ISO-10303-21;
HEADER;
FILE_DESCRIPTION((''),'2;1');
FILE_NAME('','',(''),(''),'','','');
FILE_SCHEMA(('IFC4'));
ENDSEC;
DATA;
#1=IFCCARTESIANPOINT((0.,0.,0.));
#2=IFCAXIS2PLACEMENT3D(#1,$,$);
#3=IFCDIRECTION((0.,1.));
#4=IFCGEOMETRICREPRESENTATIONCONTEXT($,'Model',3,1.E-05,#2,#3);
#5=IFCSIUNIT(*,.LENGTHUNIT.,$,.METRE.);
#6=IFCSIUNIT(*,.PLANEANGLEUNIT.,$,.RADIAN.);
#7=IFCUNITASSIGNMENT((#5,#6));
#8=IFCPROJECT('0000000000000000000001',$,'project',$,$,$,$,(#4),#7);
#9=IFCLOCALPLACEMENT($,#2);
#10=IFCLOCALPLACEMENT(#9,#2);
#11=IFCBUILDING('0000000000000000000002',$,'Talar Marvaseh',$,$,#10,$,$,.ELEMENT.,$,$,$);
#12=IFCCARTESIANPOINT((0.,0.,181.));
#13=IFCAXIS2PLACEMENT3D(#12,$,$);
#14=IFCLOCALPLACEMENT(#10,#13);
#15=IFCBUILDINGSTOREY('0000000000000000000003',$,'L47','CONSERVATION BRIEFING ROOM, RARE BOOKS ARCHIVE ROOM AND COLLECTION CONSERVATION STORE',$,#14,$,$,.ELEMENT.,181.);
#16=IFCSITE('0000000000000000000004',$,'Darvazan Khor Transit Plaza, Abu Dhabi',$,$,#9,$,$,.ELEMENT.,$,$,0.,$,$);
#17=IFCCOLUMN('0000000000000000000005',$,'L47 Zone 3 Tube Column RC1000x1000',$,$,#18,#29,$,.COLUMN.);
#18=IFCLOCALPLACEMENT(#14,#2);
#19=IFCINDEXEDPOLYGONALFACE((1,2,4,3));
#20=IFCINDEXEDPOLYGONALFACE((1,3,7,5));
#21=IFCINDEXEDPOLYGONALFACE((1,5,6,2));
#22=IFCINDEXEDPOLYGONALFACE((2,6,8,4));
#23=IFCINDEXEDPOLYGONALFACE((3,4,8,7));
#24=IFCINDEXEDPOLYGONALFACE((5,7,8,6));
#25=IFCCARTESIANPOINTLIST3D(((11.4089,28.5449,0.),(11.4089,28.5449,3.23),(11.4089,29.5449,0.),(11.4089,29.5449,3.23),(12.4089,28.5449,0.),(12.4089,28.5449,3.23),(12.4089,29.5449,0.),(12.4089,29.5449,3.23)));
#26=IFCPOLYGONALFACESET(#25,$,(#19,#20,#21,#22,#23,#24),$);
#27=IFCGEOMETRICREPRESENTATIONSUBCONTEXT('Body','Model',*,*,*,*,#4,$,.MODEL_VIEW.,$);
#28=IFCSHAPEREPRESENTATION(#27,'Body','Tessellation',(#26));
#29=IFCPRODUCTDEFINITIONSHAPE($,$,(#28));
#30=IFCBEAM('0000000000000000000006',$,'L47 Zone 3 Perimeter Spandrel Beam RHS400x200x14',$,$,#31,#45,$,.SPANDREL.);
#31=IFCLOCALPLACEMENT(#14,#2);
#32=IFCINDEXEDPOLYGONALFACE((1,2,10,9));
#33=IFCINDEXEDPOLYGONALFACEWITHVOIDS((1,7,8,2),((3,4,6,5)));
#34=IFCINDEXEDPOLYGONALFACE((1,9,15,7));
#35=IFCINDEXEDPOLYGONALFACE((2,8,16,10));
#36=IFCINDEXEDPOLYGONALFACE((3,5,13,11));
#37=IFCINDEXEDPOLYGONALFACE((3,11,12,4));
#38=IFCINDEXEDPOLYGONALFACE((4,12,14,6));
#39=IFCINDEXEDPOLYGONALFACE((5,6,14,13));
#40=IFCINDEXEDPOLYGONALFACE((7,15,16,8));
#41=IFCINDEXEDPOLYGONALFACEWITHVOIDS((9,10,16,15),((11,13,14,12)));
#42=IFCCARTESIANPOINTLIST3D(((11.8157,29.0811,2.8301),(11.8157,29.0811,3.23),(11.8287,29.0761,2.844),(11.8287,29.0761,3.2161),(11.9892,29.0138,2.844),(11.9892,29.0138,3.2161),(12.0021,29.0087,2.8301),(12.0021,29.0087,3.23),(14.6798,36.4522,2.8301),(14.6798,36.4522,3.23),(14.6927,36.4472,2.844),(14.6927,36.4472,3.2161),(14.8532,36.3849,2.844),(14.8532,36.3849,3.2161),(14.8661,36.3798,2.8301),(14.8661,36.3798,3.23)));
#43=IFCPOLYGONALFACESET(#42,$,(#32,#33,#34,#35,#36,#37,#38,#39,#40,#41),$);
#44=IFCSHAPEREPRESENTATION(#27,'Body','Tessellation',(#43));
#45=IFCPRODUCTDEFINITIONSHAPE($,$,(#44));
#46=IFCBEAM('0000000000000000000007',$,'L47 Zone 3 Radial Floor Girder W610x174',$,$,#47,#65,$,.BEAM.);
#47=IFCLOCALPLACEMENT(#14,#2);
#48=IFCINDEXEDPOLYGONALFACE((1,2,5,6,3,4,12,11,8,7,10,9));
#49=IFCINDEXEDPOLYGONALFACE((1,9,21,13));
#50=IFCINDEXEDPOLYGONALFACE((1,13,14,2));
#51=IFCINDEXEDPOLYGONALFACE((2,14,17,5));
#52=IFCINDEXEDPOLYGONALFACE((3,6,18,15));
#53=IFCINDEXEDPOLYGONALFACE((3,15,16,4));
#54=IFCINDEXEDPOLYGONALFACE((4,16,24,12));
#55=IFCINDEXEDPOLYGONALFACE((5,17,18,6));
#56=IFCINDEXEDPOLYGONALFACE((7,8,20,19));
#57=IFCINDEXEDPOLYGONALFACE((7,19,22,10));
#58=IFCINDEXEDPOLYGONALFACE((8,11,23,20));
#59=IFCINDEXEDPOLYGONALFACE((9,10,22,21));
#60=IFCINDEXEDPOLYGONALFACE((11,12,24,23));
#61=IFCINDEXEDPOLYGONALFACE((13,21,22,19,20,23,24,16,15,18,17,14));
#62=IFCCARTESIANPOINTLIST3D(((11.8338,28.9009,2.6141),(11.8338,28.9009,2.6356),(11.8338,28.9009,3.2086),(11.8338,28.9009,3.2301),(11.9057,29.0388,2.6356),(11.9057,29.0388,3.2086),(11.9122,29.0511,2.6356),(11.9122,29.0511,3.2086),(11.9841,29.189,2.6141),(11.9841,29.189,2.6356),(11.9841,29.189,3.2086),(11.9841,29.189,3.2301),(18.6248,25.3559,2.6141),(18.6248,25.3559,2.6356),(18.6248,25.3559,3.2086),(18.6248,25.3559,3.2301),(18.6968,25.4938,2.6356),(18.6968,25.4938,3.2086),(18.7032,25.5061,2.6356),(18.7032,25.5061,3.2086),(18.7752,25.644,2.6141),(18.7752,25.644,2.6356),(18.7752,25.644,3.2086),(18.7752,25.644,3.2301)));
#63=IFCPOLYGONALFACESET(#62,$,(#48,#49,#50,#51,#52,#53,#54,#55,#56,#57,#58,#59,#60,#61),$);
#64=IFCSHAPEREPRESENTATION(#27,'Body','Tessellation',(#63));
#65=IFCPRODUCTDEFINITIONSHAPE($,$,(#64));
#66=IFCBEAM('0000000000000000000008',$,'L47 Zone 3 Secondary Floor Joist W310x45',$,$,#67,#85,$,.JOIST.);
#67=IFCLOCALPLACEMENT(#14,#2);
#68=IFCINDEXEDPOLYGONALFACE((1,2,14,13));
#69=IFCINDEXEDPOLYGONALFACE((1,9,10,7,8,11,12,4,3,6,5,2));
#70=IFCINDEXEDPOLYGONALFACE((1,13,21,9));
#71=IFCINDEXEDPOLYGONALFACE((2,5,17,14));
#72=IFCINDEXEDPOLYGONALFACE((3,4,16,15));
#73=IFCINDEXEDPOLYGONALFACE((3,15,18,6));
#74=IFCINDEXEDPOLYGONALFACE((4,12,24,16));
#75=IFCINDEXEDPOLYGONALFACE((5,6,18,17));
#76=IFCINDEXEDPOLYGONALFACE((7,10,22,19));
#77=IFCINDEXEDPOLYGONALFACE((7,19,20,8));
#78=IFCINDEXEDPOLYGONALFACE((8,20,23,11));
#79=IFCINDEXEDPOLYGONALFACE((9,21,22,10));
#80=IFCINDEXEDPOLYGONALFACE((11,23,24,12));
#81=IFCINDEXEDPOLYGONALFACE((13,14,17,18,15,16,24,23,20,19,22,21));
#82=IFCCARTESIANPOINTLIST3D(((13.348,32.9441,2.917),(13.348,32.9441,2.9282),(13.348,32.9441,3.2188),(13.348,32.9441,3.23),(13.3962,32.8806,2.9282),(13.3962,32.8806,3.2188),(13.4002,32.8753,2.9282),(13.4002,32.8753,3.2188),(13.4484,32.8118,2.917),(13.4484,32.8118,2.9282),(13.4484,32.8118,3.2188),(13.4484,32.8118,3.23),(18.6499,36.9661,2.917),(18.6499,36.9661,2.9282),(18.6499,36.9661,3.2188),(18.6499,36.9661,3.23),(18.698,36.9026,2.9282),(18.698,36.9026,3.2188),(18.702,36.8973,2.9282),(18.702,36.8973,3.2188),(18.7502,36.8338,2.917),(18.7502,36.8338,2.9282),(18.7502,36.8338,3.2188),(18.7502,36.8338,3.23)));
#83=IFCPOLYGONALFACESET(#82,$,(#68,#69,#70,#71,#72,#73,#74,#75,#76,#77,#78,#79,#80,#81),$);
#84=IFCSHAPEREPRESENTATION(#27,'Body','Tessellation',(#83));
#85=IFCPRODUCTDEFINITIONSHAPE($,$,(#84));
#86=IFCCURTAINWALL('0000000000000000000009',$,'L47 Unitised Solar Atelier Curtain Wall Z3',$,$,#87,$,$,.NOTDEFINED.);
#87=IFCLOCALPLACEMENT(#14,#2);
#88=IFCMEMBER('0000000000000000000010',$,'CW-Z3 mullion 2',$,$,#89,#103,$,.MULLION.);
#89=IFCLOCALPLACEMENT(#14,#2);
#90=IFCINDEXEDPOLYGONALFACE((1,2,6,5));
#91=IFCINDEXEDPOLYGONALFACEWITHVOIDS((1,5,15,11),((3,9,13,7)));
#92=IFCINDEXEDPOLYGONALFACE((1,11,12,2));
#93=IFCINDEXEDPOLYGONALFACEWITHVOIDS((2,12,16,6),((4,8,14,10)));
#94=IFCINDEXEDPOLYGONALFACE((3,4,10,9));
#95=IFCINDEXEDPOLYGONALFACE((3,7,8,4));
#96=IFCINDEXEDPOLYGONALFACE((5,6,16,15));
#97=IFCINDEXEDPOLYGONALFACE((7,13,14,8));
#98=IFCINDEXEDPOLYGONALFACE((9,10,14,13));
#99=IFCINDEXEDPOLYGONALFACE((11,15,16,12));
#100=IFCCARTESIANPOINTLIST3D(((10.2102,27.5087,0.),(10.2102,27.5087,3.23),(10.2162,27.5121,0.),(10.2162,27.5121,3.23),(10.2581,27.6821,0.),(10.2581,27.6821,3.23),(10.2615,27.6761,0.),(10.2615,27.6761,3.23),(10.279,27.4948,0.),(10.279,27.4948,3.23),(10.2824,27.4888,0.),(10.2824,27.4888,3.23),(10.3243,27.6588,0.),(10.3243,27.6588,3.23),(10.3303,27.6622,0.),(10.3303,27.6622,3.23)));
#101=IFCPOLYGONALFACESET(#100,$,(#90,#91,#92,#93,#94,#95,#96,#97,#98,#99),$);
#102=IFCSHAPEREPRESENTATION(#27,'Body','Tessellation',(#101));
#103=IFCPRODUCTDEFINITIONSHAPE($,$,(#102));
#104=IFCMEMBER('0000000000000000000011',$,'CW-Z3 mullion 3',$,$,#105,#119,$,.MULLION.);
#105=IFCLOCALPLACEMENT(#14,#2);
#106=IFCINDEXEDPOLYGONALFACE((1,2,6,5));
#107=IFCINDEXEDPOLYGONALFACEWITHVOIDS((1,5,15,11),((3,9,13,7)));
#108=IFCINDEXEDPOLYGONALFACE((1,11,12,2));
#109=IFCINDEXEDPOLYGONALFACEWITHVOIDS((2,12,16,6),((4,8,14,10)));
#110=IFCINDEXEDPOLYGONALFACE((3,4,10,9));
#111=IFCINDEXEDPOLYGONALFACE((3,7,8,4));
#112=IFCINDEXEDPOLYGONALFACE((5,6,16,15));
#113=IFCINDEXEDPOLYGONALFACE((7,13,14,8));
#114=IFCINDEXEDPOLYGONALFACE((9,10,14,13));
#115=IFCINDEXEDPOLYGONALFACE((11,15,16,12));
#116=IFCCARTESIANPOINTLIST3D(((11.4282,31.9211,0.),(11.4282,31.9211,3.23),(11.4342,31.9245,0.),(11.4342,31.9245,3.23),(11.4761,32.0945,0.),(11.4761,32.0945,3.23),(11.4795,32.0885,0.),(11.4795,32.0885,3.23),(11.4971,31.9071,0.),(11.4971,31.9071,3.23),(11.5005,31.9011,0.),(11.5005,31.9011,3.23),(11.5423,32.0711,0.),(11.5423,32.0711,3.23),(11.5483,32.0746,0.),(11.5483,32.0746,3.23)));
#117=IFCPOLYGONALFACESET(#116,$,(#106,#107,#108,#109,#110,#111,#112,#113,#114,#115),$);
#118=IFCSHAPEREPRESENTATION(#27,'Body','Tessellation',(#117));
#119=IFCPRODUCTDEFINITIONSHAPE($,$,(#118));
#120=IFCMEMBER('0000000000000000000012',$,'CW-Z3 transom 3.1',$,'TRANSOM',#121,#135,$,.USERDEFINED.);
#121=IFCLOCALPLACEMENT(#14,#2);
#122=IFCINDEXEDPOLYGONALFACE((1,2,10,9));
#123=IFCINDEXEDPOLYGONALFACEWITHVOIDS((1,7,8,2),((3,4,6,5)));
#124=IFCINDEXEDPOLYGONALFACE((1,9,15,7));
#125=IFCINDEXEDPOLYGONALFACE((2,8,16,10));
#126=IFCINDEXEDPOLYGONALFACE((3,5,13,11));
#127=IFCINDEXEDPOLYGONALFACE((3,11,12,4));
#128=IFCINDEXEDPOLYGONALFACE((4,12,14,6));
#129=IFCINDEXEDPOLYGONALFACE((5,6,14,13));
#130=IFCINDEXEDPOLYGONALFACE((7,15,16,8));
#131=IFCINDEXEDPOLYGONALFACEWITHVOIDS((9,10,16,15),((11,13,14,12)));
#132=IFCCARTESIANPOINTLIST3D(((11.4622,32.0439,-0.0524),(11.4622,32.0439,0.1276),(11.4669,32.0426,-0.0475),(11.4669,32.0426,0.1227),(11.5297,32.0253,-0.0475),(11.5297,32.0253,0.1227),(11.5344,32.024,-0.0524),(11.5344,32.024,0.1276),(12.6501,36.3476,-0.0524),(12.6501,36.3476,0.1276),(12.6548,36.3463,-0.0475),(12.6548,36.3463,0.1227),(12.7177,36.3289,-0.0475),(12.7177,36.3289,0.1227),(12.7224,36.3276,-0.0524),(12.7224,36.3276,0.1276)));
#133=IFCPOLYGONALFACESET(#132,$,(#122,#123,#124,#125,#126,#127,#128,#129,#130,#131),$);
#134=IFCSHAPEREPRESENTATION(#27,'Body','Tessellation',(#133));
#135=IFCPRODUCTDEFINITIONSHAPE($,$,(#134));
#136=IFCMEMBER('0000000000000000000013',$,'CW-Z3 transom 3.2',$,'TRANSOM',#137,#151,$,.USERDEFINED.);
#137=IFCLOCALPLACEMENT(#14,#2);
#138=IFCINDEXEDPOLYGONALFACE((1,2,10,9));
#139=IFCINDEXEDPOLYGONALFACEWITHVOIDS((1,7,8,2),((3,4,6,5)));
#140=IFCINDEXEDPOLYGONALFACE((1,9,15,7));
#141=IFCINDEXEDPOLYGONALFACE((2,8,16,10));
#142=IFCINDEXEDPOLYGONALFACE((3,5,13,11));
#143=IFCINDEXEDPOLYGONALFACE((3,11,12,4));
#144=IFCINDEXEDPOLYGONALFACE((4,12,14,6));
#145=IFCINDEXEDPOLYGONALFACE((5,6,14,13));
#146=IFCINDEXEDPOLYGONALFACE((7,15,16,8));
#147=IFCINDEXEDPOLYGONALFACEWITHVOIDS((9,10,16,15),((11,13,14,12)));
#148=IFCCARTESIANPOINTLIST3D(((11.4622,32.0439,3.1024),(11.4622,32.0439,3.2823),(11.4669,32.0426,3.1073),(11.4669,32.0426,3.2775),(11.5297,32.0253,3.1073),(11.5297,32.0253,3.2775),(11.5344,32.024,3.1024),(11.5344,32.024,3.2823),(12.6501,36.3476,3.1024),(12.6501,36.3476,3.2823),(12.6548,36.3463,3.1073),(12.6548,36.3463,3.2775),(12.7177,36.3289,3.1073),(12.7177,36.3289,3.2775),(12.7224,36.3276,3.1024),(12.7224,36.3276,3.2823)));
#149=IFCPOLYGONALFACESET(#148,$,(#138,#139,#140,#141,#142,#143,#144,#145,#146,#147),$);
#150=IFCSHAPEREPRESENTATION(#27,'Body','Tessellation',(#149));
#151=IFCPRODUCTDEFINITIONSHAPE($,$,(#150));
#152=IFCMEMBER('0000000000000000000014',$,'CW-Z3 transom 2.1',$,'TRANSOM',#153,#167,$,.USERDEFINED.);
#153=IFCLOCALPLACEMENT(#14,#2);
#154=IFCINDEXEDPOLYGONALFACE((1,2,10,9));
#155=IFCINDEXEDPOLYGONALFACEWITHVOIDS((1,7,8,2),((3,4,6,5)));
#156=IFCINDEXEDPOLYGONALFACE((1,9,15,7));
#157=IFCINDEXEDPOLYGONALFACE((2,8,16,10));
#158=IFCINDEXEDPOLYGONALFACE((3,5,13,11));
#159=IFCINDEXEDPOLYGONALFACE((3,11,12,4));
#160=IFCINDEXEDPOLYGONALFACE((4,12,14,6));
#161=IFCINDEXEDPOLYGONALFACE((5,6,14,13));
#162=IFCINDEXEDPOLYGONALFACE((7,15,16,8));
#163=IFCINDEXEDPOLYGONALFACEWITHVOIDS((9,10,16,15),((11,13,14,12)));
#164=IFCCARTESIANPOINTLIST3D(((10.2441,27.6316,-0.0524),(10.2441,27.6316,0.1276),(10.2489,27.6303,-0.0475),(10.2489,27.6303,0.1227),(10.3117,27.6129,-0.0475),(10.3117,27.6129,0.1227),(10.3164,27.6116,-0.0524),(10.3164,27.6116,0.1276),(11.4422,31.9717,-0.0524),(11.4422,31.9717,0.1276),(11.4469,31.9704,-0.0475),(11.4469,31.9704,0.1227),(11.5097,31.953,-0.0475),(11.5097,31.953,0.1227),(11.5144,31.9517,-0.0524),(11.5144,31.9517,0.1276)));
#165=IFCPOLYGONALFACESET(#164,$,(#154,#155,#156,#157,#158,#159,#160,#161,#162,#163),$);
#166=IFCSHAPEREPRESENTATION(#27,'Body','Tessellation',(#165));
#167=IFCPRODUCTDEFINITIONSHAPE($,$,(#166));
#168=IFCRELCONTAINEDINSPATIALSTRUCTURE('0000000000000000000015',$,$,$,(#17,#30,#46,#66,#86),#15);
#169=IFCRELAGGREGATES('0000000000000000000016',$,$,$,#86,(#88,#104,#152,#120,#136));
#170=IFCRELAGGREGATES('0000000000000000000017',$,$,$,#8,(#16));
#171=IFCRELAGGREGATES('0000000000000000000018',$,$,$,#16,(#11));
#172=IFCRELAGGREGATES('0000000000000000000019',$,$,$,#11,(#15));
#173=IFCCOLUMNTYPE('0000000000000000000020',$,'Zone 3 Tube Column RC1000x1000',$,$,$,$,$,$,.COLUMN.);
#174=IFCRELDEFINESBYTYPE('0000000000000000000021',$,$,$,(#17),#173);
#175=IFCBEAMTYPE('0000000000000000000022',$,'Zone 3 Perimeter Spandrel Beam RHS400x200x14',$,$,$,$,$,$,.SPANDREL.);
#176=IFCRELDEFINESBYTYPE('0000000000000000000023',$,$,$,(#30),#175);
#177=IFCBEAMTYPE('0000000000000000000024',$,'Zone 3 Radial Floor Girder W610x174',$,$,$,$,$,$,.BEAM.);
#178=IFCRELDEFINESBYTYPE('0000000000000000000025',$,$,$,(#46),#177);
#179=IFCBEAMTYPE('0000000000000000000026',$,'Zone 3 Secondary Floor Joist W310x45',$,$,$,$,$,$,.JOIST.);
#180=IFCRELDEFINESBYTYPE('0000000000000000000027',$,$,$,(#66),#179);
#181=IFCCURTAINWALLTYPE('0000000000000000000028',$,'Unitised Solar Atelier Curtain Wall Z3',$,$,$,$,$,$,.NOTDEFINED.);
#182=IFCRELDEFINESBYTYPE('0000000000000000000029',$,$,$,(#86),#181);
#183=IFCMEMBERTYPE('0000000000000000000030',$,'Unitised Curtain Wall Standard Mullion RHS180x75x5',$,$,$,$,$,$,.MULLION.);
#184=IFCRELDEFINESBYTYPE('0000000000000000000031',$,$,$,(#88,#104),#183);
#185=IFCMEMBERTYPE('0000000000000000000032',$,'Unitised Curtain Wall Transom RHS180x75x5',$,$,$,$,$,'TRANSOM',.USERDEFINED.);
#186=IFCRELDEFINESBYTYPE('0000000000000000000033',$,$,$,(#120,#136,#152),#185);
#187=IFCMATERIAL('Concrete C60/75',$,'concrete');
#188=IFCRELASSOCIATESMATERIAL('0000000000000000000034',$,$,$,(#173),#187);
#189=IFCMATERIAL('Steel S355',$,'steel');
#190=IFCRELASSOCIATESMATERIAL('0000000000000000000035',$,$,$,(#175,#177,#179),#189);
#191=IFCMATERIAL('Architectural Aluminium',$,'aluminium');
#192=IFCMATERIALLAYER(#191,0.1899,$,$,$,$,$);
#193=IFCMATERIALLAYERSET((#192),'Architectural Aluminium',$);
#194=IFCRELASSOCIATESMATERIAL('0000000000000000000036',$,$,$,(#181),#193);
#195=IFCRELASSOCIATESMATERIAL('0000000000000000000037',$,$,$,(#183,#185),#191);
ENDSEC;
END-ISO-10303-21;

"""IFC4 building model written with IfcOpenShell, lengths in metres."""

from ifc_helpers import new_model, si_unit, direction, frame, origin, origin_2d, place, context, subcontext, project, spatial, rectangle, hollow_rectangle, i_section, extrude, source, transform, mapped, material, layer, layer_set, material_profile, profile_set, type_object, type_shapes, element, aggregate, save


model = new_model("IFC4")

# Units and contexts
model_context = context("Model", 3, precision=1e-05, world=origin(), true_north=direction((0.0, 1.0)))
body_context = subcontext(model_context, "Body", "Model", "MODEL_VIEW")
ifc_project = project(units=[si_unit("LENGTHUNIT", "METRE"), si_unit("PLANEANGLEUNIT", "RADIAN")], contexts=[model_context])

# Site, building, storey
site_placement = place(None, origin())
site = spatial("IfcSite", under=ifc_project, at=site_placement, Name="Darvazan Khor Transit Plaza, Abu Dhabi", CompositionType="ELEMENT", RefElevation=0.0)
building_placement = place(site_placement, origin())
building = spatial("IfcBuilding", under=site, at=building_placement, Name="Talar Marvaseh", CompositionType="ELEMENT")
storey_placement = place(building_placement, frame((0.0, 0.0, 181.0)))
storey = spatial("IfcBuildingStorey", under=building, at=storey_placement, Name="L47", Description="CONSERVATION BRIEFING ROOM, RARE BOOKS ARCHIVE ROOM AND COLLECTION CONSERVATION STORE", CompositionType="ELEMENT", Elevation=181.0)

# Column
ifc_material_1 = material(Name="Concrete C60/75", Category="concrete")
ifc_material_profile_1 = material_profile(ifc_material_1, rectangle(XDim=1.0, YDim=1.0, at=origin_2d()), Name="RC1000x1000")
ifc_profile_set_1 = profile_set([ifc_material_profile_1], Name="Concrete C60/75")
column_type = type_object("IfcColumnType", Name="Zone 3 Tube Column RC1000x1000", PredefinedType="COLUMN", material=ifc_profile_set_1)
column_placement = place(storey_placement, frame((11.9089, 29.0449, 0.0), z_axis=(0.0, 0.0, 1.0), x_axis=(1.0, 0.0, 0.0)))
element("IfcColumn", 1, at=column_placement, inside=storey, type_object=column_type, Name="L47 Zone 3 Tube Column RC1000x1000", PredefinedType="COLUMN", context=body_context, shape_type="SweptSolid", body=[
    extrude(rectangle(XDim=1.0, YDim=1.0, at=origin_2d()), origin(), (0.0, 0.0, 1.0), 3.23),
])

# Beams
ifc_material_2 = material(Name="Steel S355", Category="steel")
ifc_material_profile_2 = material_profile(ifc_material_2, hollow_rectangle(XDim=0.2, YDim=0.3999, WallThickness=0.0139, at=origin_2d()), Name="RHS400x200x14")
ifc_profile_set_2 = profile_set([ifc_material_profile_2], Name="Steel S355")
beam_type_1 = type_object("IfcBeamType", Name="Zone 3 Perimeter Spandrel Beam RHS400x200x14", PredefinedType="SPANDREL", material=ifc_profile_set_2)
beam_1_placement = place(storey_placement, frame((11.9089, 29.0449, 3.03), z_axis=(0.362169, 0.932112, 0.0), x_axis=(-0.932112, 0.362169, 0.0)))
element("IfcBeam", 2, at=beam_1_placement, inside=storey, type_object=beam_type_1, Name="L47 Zone 3 Perimeter Spandrel Beam RHS400x200x14", PredefinedType="SPANDREL", context=body_context, shape_type="SweptSolid", body=[
    extrude(hollow_rectangle(XDim=0.2, YDim=0.3999, WallThickness=0.0139, at=origin_2d()), origin(), (0.0, 0.0, 1.0), 7.908),
])
ifc_material_profile_3 = material_profile(ifc_material_2, i_section(OverallWidth=0.325, OverallDepth=0.616, WebThickness=0.0139, FlangeThickness=0.0215, at=origin_2d()), Name="W610x174")
ifc_profile_set_3 = profile_set([ifc_material_profile_3], Name="Steel S355")
beam_type_2 = type_object("IfcBeamType", Name="Zone 3 Radial Floor Girder W610x174", PredefinedType="BEAM", material=ifc_profile_set_3)
beam_2_placement = place(storey_placement, frame((11.9089, 29.0449, 2.9221), z_axis=(0.886489, -0.462749, 0.0), x_axis=(0.462749, 0.886489, 0.0)))
element("IfcBeam", 3, at=beam_2_placement, inside=storey, type_object=beam_type_2, Name="L47 Zone 3 Radial Floor Girder W610x174", PredefinedType="BEAM", context=body_context, shape_type="SweptSolid", body=[
    extrude(i_section(OverallWidth=0.325, OverallDepth=0.616, WebThickness=0.0139, FlangeThickness=0.0215, at=origin_2d()), origin(), (0.0, 0.0, 1.0), 7.6606),
])
ifc_material_profile_4 = material_profile(ifc_material_2, i_section(OverallWidth=0.166, OverallDepth=0.313, WebThickness=0.0066, FlangeThickness=0.0112, at=origin_2d()), Name="W310x45")
ifc_profile_set_4 = profile_set([ifc_material_profile_4], Name="Steel S355")
beam_type_3 = type_object("IfcBeamType", Name="Zone 3 Secondary Floor Joist W310x45", PredefinedType="JOIST", material=ifc_profile_set_4)
beam_3_placement = place(storey_placement, frame((13.3982, 32.8779, 3.0735), z_axis=(0.796695, 0.604382, 0.0), x_axis=(-0.604382, 0.796695, 0.0)))
element("IfcBeam", 4, at=beam_3_placement, inside=storey, type_object=beam_type_3, Name="L47 Zone 3 Secondary Floor Joist W310x45", PredefinedType="JOIST", context=body_context, shape_type="SweptSolid", body=[
    extrude(i_section(OverallWidth=0.166, OverallDepth=0.313, WebThickness=0.0066, FlangeThickness=0.0112, at=origin_2d()), origin(), (0.0, 0.0, 1.0), 6.6548),
])

# Curtain wall, members
ifc_material_3 = material(Name="Architectural Aluminium", Category="aluminium")
ifc_layer_1 = layer(ifc_material_3, 0.1899)
ifc_layer_set_1 = layer_set([ifc_layer_1], Name="Architectural Aluminium")
curtain_wall_type = type_object("IfcCurtainWallType", Name="Unitised Solar Atelier Curtain Wall Z3", PredefinedType="NOTDEFINED", material=ifc_layer_set_1)
curtain_wall_placement = place(storey_placement, origin())
curtain_wall = element("IfcCurtainWall", 5, at=curtain_wall_placement, inside=storey, type_object=curtain_wall_type, Name="L47 Unitised Solar Atelier Curtain Wall Z3", PredefinedType="NOTDEFINED")
ifc_material_profile_5 = material_profile(ifc_material_3, hollow_rectangle(XDim=0.075, YDim=0.1799, WallThickness=0.0049, at=origin_2d()), Name="RHS180x75x5")
ifc_profile_set_5 = profile_set([ifc_material_profile_5], Name="Architectural Aluminium")
member_type_1 = type_object("IfcMemberType", Name="Unitised Curtain Wall Standard Mullion RHS180x75x5", PredefinedType="MULLION", material=ifc_profile_set_5)
shared_shape_1 = source(origin(), body_context, "Body", "SweptSolid", [
    extrude(hollow_rectangle(XDim=0.075, YDim=0.1799, WallThickness=0.0049, at=origin_2d()), origin(), (0.0, 0.0, 1.0), 3.23),
])
type_shapes(member_type_1, [shared_shape_1])
member_1_placement = place(storey_placement, frame((10.2703, 27.5854, 0.0), z_axis=(0.0, 0.0, 1.0), x_axis=(-0.963945, 0.2661, 0.0)))
member_1 = element("IfcMember", 6, at=member_1_placement, type_object=member_type_1, Name="CW-Z3 mullion 2", PredefinedType="MULLION", context=body_context, shape_type="MappedRepresentation", body=[
    mapped(shared_shape_1, transform((0.0, 0.0, 0.0), x_axis=(1.0, 0.0, 0.0), y_axis=(0.0, 1.0, 0.0), z_axis=(0.0, 0.0, 1.0), scale=1.0)),
])
member_2_placement = place(storey_placement, frame((11.4883, 31.9978, 0.0), z_axis=(0.0, 0.0, 1.0), x_axis=(-0.963945, 0.2661, 0.0)))
member_2 = element("IfcMember", 7, at=member_2_placement, type_object=member_type_1, Name="CW-Z3 mullion 3", PredefinedType="MULLION", context=body_context, shape_type="MappedRepresentation", body=[
    mapped(shared_shape_1, transform((0.0, 0.0, 0.0), x_axis=(1.0, 0.0, 0.0), y_axis=(0.0, 1.0, 0.0), z_axis=(0.0, 0.0, 1.0), scale=1.0)),
])
ifc_material_profile_6 = material_profile(ifc_material_3, hollow_rectangle(XDim=0.075, YDim=0.1799, WallThickness=0.0049, at=origin_2d()), Name="RHS180x75x5")
ifc_profile_set_6 = profile_set([ifc_material_profile_6], Name="Architectural Aluminium")
member_type_2 = type_object("IfcMemberType", Name="Unitised Curtain Wall Transom RHS180x75x5", ElementType="TRANSOM", PredefinedType="USERDEFINED", material=ifc_profile_set_6)
shared_shape_2 = source(origin(), body_context, "Body", "SweptSolid", [
    extrude(hollow_rectangle(XDim=0.075, YDim=0.1799, WallThickness=0.0049, at=origin_2d()), origin(), (0.0, 0.0, 1.0), 4.4646),
])
member_3_placement = place(storey_placement, frame((11.4983, 32.0339, 0.0376), z_axis=(0.266087, 0.963949, 0.0), x_axis=(-0.963949, 0.266087, 0.0)))
member_3 = element("IfcMember", 8, at=member_3_placement, type_object=member_type_2, Name="CW-Z3 transom 3.1", ObjectType="TRANSOM", PredefinedType="USERDEFINED", context=body_context, shape_type="MappedRepresentation", body=[
    mapped(shared_shape_2, transform((0.0, 0.0, 0.0), x_axis=(1.0, 0.0, 0.0), y_axis=(0.0, 1.0, 0.0), z_axis=(0.0, 0.0, 1.0), scale=1.0)),
])
member_4_placement = place(storey_placement, frame((11.4983, 32.0339, 3.1924), z_axis=(0.266087, 0.963949, 0.0), x_axis=(-0.963949, 0.266087, 0.0)))
member_4 = element("IfcMember", 9, at=member_4_placement, type_object=member_type_2, Name="CW-Z3 transom 3.2", ObjectType="TRANSOM", PredefinedType="USERDEFINED", context=body_context, shape_type="MappedRepresentation", body=[
    mapped(shared_shape_2, transform((0.0, 0.0, 0.0), x_axis=(1.0, 0.0, 0.0), y_axis=(0.0, 1.0, 0.0), z_axis=(0.0, 0.0, 1.0), scale=1.0)),
])
shared_shape_3 = source(origin(), body_context, "Body", "SweptSolid", [
    extrude(hollow_rectangle(XDim=0.075, YDim=0.1799, WallThickness=0.0049, at=origin_2d()), origin(), (0.0, 0.0, 1.0), 4.5024),
])
type_shapes(member_type_2, [shared_shape_2, shared_shape_3])
member_5_placement = place(storey_placement, frame((10.2803, 27.6216, 0.0376), z_axis=(0.26608, 0.963951, 0.0), x_axis=(-0.963951, 0.26608, 0.0)))
member_5 = element("IfcMember", 10, at=member_5_placement, type_object=member_type_2, Name="CW-Z3 transom 2.1", ObjectType="TRANSOM", PredefinedType="USERDEFINED", context=body_context, shape_type="MappedRepresentation", body=[
    mapped(shared_shape_3, transform((0.0, 0.0, 0.0), x_axis=(1.0, 0.0, 0.0), y_axis=(0.0, 1.0, 0.0), z_axis=(0.0, 0.0, 1.0), scale=1.0)),
])
aggregate(curtain_wall, [member_1, member_2, member_5, member_3, member_4])

save(model, "model.ifc")
